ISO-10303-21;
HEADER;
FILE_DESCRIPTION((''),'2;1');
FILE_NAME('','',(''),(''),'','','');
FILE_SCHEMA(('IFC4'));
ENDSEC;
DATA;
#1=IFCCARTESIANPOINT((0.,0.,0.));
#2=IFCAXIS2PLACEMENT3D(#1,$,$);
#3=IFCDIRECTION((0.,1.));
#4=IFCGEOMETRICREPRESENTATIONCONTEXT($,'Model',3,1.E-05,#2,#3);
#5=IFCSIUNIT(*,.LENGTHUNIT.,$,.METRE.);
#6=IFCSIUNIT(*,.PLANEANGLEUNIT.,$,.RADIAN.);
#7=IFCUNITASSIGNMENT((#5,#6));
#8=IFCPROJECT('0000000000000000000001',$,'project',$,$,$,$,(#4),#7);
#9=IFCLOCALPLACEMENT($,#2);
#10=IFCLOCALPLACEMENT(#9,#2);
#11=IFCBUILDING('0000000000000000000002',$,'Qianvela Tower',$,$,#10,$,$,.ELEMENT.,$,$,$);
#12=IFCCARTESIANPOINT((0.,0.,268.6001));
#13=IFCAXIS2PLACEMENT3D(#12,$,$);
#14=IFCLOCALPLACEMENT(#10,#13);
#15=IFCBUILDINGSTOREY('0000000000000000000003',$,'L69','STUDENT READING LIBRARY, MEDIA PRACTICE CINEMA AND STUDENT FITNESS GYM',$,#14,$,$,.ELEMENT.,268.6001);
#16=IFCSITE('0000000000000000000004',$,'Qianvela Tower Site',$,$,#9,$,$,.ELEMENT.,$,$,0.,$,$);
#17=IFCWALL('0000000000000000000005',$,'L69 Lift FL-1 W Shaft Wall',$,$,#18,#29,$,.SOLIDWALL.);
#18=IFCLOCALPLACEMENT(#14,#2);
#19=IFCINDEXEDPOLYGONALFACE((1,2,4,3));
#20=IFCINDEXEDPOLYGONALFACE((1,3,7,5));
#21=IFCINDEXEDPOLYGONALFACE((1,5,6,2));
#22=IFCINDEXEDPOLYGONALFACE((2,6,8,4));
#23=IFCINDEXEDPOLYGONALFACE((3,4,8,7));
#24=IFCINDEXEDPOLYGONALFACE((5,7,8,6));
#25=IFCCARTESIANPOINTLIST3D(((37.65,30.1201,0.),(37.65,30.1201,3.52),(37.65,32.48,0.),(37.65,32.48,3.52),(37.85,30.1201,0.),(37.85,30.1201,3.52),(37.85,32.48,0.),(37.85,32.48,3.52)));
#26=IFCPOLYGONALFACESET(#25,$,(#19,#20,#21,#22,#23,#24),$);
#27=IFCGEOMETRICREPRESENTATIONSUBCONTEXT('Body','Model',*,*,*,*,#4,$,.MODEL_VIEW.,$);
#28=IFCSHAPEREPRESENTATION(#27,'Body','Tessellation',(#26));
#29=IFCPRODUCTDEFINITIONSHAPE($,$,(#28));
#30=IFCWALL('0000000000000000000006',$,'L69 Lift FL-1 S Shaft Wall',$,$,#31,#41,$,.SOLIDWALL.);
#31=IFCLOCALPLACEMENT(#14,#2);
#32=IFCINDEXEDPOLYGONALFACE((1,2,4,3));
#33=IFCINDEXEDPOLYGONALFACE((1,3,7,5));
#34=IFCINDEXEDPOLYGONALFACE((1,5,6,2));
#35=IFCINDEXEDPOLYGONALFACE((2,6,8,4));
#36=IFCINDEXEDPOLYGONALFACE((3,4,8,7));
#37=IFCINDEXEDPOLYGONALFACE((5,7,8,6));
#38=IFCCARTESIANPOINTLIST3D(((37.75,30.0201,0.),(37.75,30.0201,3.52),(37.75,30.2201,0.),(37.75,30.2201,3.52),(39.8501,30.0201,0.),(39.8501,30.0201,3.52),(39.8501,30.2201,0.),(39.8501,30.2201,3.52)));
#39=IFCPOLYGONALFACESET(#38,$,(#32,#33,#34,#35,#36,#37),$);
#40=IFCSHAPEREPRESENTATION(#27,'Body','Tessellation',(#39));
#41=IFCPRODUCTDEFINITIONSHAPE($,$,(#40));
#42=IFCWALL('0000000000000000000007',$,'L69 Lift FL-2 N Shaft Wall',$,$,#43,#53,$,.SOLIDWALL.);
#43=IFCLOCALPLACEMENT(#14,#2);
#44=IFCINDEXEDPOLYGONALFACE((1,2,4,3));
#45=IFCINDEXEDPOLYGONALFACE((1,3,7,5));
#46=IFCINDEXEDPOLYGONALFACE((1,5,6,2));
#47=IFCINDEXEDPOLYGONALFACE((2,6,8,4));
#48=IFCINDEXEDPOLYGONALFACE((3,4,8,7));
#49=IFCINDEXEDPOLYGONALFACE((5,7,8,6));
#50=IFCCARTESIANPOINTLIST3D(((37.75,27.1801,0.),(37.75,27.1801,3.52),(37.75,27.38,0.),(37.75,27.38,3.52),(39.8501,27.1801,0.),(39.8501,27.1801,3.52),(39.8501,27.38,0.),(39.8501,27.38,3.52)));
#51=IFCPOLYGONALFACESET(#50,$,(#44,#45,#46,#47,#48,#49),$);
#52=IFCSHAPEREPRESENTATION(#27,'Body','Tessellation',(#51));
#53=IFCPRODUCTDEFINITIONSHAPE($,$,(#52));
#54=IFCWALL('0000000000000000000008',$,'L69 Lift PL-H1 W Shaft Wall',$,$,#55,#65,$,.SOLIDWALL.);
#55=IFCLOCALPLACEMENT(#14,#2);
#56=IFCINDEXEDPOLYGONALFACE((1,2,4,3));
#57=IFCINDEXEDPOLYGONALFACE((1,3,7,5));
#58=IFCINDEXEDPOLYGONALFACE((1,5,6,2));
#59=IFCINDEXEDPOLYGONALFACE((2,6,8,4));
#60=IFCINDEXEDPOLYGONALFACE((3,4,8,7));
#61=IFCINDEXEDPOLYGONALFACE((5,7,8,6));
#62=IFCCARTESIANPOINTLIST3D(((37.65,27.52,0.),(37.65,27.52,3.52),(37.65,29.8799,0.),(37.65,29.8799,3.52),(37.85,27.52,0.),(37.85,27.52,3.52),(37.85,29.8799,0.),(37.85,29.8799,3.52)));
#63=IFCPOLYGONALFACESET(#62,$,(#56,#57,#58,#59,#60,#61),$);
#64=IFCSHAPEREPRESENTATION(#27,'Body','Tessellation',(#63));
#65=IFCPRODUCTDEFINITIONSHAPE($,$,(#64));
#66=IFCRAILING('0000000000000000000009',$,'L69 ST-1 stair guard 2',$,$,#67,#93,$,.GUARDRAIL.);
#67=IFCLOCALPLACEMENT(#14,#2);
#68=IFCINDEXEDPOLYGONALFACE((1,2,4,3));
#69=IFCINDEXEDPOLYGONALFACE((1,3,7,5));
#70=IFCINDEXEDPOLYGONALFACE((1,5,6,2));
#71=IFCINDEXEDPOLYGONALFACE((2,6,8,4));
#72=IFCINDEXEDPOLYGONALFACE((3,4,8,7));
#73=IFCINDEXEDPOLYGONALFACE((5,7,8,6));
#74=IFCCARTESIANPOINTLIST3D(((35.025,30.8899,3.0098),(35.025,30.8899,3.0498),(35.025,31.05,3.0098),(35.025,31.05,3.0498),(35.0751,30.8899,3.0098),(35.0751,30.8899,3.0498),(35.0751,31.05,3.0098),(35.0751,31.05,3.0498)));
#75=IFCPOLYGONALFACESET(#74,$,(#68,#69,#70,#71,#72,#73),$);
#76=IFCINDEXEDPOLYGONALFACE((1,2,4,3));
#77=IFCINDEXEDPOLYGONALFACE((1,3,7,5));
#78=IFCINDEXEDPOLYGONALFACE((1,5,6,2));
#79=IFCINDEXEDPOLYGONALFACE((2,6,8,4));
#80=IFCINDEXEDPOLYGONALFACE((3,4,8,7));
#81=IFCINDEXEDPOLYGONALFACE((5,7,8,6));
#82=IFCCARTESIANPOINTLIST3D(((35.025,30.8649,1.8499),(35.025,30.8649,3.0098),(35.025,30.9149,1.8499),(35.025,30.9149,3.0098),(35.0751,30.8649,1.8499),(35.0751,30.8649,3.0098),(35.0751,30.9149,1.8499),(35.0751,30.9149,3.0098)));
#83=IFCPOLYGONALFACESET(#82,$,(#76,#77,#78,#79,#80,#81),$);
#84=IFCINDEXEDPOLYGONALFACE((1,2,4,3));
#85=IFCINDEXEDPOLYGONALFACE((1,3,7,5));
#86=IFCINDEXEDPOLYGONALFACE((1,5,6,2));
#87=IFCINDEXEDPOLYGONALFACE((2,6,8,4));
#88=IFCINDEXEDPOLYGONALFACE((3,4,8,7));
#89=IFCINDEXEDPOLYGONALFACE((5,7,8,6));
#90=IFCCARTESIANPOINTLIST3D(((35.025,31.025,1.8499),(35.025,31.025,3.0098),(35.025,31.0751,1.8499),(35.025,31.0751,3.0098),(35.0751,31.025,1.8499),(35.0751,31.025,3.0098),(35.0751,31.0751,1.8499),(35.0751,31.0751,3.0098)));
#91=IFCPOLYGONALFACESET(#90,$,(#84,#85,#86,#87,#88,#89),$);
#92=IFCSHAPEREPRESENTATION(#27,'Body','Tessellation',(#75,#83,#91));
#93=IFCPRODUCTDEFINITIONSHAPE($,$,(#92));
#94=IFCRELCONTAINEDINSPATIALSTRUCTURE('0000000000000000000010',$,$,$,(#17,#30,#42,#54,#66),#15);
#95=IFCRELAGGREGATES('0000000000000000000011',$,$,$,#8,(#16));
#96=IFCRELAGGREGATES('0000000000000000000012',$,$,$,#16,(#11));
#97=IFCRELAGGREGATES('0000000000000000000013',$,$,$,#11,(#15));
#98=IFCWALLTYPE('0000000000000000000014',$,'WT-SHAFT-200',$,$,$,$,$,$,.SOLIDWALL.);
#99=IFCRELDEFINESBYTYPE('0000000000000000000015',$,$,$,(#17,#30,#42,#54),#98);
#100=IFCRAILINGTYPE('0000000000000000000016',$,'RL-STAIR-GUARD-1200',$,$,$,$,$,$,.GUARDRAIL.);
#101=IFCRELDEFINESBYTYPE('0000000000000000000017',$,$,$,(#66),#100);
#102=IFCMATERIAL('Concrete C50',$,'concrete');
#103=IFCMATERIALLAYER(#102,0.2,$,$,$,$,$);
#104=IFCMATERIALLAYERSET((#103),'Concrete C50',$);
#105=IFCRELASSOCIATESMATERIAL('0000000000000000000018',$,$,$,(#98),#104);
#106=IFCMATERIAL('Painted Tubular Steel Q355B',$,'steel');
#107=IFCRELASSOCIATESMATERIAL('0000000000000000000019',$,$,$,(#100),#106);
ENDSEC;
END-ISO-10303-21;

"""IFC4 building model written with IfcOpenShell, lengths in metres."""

from ifc_helpers import new_model, si_unit, direction, frame, frame_2d, origin, origin_2d, place, context, subcontext, project, spatial, rectangle, extrude, material, layer, layer_set, type_object, element, save


model = new_model("IFC4")

# Units and contexts
model_context = context("Model", 3, precision=1e-05, world=origin(), true_north=direction((0.0, 1.0)))
body_context = subcontext(model_context, "Body", "Model", "MODEL_VIEW")
ifc_project = project(units=[si_unit("LENGTHUNIT", "METRE"), si_unit("PLANEANGLEUNIT", "RADIAN")], contexts=[model_context])

# Site, building, storey
site_placement = place(None, origin())
site = spatial("IfcSite", under=ifc_project, at=site_placement, Name="Qianvela Tower Site", CompositionType="ELEMENT", RefElevation=0.0)
building_placement = place(site_placement, origin())
building = spatial("IfcBuilding", under=site, at=building_placement, Name="Qianvela Tower", CompositionType="ELEMENT")
storey_placement = place(building_placement, frame((0.0, 0.0, 268.6001)))
storey = spatial("IfcBuildingStorey", under=building, at=storey_placement, Name="L69", Description="STUDENT READING LIBRARY, MEDIA PRACTICE CINEMA AND STUDENT FITNESS GYM", CompositionType="ELEMENT", Elevation=268.6001)

# Shared definitions
ifc_material_1 = material(Name="Concrete C50", Category="concrete")
ifc_layer_1 = layer(ifc_material_1, 0.2)
ifc_layer_set_1 = layer_set([ifc_layer_1], Name="Concrete C50")
wall_type_1 = type_object("IfcWallType", Name="WT-SHAFT-200", PredefinedType="SOLIDWALL", material=ifc_layer_set_1)

# Walls
wall_1_placement = place(storey_placement, frame((37.75, 30.1201, 0.0), z_axis=(0.0, 0.0, 1.0), x_axis=(0.0, 1.0, 0.0)))
element("IfcWall", 1, at=wall_1_placement, inside=storey, type_object=wall_type_1, Name="L69 Lift FL-1 W Shaft Wall", PredefinedType="SOLIDWALL", context=body_context, shape_type="SweptSolid", body=[
    extrude(rectangle(XDim=2.3599, YDim=0.2, at=frame_2d((1.1799, 0.0))), origin(), (0.0, 0.0, 1.0), 3.52),
])
for number, where, z_axis, x_axis, name in (
    (2, (37.75, 30.1201, 0.0), (0.0, 0.0, 1.0), (1.0, 0.0, 0.0), "L69 Lift FL-1 S Shaft Wall"),
    (3, (37.75, 27.28, 0.0), (0.0, 0.0, 1.0), (1.0, 0.0, 0.0), "L69 Lift FL-2 N Shaft Wall"),
):
    element("IfcWall", number, at=place(storey_placement, frame(where, z_axis=z_axis, x_axis=x_axis)), inside=storey, type_object=wall_type_1, Name=name, PredefinedType="SOLIDWALL", context=body_context, shape_type="SweptSolid", body=[
        extrude(rectangle(XDim=2.1001, YDim=0.2, at=frame_2d((1.05, 0.0))), origin(), (0.0, 0.0, 1.0), 3.52),
    ])

# Wall
wall_2_placement = place(storey_placement, frame((37.75, 27.52, 0.0), z_axis=(0.0, 0.0, 1.0), x_axis=(0.0, 1.0, 0.0)))
element("IfcWall", 4, at=wall_2_placement, inside=storey, type_object=wall_type_1, Name="L69 Lift PL-H1 W Shaft Wall", PredefinedType="SOLIDWALL", context=body_context, shape_type="SweptSolid", body=[
    extrude(rectangle(XDim=2.3599, YDim=0.2, at=frame_2d((1.1799, 0.0))), origin(), (0.0, 0.0, 1.0), 3.52),
])

# Railing
ifc_material_2 = material(Name="Painted Tubular Steel Q355B", Category="steel")
railing_type = type_object("IfcRailingType", Name="RL-STAIR-GUARD-1200", PredefinedType="GUARDRAIL", material=ifc_material_2)
railing_placement = place(storey_placement, frame((35.05, 30.8899, 1.8499)))
element("IfcRailing", 5, at=railing_placement, inside=storey, type_object=railing_type, Name="L69 ST-1 stair guard 2", PredefinedType="GUARDRAIL", context=body_context, shape_type="SweptSolid", body=[
    extrude(rectangle(XDim=0.05, YDim=0.04, at=origin_2d()), frame((0.0, 0.0, 1.1799), z_axis=(0.0, 1.0, 0.0), x_axis=(-1.0, 0.0, 0.0)), (0.0, 0.0, 1.0), 0.1602),
    extrude(rectangle(XDim=0.05, YDim=0.05, at=origin_2d()), origin(), (0.0, 0.0, 1.0), 1.1599),
    extrude(rectangle(XDim=0.05, YDim=0.05, at=origin_2d()), frame((0.0, 0.1602, 0.0)), (0.0, 0.0, 1.0), 1.1599),
])

save(model, "model.ifc")
